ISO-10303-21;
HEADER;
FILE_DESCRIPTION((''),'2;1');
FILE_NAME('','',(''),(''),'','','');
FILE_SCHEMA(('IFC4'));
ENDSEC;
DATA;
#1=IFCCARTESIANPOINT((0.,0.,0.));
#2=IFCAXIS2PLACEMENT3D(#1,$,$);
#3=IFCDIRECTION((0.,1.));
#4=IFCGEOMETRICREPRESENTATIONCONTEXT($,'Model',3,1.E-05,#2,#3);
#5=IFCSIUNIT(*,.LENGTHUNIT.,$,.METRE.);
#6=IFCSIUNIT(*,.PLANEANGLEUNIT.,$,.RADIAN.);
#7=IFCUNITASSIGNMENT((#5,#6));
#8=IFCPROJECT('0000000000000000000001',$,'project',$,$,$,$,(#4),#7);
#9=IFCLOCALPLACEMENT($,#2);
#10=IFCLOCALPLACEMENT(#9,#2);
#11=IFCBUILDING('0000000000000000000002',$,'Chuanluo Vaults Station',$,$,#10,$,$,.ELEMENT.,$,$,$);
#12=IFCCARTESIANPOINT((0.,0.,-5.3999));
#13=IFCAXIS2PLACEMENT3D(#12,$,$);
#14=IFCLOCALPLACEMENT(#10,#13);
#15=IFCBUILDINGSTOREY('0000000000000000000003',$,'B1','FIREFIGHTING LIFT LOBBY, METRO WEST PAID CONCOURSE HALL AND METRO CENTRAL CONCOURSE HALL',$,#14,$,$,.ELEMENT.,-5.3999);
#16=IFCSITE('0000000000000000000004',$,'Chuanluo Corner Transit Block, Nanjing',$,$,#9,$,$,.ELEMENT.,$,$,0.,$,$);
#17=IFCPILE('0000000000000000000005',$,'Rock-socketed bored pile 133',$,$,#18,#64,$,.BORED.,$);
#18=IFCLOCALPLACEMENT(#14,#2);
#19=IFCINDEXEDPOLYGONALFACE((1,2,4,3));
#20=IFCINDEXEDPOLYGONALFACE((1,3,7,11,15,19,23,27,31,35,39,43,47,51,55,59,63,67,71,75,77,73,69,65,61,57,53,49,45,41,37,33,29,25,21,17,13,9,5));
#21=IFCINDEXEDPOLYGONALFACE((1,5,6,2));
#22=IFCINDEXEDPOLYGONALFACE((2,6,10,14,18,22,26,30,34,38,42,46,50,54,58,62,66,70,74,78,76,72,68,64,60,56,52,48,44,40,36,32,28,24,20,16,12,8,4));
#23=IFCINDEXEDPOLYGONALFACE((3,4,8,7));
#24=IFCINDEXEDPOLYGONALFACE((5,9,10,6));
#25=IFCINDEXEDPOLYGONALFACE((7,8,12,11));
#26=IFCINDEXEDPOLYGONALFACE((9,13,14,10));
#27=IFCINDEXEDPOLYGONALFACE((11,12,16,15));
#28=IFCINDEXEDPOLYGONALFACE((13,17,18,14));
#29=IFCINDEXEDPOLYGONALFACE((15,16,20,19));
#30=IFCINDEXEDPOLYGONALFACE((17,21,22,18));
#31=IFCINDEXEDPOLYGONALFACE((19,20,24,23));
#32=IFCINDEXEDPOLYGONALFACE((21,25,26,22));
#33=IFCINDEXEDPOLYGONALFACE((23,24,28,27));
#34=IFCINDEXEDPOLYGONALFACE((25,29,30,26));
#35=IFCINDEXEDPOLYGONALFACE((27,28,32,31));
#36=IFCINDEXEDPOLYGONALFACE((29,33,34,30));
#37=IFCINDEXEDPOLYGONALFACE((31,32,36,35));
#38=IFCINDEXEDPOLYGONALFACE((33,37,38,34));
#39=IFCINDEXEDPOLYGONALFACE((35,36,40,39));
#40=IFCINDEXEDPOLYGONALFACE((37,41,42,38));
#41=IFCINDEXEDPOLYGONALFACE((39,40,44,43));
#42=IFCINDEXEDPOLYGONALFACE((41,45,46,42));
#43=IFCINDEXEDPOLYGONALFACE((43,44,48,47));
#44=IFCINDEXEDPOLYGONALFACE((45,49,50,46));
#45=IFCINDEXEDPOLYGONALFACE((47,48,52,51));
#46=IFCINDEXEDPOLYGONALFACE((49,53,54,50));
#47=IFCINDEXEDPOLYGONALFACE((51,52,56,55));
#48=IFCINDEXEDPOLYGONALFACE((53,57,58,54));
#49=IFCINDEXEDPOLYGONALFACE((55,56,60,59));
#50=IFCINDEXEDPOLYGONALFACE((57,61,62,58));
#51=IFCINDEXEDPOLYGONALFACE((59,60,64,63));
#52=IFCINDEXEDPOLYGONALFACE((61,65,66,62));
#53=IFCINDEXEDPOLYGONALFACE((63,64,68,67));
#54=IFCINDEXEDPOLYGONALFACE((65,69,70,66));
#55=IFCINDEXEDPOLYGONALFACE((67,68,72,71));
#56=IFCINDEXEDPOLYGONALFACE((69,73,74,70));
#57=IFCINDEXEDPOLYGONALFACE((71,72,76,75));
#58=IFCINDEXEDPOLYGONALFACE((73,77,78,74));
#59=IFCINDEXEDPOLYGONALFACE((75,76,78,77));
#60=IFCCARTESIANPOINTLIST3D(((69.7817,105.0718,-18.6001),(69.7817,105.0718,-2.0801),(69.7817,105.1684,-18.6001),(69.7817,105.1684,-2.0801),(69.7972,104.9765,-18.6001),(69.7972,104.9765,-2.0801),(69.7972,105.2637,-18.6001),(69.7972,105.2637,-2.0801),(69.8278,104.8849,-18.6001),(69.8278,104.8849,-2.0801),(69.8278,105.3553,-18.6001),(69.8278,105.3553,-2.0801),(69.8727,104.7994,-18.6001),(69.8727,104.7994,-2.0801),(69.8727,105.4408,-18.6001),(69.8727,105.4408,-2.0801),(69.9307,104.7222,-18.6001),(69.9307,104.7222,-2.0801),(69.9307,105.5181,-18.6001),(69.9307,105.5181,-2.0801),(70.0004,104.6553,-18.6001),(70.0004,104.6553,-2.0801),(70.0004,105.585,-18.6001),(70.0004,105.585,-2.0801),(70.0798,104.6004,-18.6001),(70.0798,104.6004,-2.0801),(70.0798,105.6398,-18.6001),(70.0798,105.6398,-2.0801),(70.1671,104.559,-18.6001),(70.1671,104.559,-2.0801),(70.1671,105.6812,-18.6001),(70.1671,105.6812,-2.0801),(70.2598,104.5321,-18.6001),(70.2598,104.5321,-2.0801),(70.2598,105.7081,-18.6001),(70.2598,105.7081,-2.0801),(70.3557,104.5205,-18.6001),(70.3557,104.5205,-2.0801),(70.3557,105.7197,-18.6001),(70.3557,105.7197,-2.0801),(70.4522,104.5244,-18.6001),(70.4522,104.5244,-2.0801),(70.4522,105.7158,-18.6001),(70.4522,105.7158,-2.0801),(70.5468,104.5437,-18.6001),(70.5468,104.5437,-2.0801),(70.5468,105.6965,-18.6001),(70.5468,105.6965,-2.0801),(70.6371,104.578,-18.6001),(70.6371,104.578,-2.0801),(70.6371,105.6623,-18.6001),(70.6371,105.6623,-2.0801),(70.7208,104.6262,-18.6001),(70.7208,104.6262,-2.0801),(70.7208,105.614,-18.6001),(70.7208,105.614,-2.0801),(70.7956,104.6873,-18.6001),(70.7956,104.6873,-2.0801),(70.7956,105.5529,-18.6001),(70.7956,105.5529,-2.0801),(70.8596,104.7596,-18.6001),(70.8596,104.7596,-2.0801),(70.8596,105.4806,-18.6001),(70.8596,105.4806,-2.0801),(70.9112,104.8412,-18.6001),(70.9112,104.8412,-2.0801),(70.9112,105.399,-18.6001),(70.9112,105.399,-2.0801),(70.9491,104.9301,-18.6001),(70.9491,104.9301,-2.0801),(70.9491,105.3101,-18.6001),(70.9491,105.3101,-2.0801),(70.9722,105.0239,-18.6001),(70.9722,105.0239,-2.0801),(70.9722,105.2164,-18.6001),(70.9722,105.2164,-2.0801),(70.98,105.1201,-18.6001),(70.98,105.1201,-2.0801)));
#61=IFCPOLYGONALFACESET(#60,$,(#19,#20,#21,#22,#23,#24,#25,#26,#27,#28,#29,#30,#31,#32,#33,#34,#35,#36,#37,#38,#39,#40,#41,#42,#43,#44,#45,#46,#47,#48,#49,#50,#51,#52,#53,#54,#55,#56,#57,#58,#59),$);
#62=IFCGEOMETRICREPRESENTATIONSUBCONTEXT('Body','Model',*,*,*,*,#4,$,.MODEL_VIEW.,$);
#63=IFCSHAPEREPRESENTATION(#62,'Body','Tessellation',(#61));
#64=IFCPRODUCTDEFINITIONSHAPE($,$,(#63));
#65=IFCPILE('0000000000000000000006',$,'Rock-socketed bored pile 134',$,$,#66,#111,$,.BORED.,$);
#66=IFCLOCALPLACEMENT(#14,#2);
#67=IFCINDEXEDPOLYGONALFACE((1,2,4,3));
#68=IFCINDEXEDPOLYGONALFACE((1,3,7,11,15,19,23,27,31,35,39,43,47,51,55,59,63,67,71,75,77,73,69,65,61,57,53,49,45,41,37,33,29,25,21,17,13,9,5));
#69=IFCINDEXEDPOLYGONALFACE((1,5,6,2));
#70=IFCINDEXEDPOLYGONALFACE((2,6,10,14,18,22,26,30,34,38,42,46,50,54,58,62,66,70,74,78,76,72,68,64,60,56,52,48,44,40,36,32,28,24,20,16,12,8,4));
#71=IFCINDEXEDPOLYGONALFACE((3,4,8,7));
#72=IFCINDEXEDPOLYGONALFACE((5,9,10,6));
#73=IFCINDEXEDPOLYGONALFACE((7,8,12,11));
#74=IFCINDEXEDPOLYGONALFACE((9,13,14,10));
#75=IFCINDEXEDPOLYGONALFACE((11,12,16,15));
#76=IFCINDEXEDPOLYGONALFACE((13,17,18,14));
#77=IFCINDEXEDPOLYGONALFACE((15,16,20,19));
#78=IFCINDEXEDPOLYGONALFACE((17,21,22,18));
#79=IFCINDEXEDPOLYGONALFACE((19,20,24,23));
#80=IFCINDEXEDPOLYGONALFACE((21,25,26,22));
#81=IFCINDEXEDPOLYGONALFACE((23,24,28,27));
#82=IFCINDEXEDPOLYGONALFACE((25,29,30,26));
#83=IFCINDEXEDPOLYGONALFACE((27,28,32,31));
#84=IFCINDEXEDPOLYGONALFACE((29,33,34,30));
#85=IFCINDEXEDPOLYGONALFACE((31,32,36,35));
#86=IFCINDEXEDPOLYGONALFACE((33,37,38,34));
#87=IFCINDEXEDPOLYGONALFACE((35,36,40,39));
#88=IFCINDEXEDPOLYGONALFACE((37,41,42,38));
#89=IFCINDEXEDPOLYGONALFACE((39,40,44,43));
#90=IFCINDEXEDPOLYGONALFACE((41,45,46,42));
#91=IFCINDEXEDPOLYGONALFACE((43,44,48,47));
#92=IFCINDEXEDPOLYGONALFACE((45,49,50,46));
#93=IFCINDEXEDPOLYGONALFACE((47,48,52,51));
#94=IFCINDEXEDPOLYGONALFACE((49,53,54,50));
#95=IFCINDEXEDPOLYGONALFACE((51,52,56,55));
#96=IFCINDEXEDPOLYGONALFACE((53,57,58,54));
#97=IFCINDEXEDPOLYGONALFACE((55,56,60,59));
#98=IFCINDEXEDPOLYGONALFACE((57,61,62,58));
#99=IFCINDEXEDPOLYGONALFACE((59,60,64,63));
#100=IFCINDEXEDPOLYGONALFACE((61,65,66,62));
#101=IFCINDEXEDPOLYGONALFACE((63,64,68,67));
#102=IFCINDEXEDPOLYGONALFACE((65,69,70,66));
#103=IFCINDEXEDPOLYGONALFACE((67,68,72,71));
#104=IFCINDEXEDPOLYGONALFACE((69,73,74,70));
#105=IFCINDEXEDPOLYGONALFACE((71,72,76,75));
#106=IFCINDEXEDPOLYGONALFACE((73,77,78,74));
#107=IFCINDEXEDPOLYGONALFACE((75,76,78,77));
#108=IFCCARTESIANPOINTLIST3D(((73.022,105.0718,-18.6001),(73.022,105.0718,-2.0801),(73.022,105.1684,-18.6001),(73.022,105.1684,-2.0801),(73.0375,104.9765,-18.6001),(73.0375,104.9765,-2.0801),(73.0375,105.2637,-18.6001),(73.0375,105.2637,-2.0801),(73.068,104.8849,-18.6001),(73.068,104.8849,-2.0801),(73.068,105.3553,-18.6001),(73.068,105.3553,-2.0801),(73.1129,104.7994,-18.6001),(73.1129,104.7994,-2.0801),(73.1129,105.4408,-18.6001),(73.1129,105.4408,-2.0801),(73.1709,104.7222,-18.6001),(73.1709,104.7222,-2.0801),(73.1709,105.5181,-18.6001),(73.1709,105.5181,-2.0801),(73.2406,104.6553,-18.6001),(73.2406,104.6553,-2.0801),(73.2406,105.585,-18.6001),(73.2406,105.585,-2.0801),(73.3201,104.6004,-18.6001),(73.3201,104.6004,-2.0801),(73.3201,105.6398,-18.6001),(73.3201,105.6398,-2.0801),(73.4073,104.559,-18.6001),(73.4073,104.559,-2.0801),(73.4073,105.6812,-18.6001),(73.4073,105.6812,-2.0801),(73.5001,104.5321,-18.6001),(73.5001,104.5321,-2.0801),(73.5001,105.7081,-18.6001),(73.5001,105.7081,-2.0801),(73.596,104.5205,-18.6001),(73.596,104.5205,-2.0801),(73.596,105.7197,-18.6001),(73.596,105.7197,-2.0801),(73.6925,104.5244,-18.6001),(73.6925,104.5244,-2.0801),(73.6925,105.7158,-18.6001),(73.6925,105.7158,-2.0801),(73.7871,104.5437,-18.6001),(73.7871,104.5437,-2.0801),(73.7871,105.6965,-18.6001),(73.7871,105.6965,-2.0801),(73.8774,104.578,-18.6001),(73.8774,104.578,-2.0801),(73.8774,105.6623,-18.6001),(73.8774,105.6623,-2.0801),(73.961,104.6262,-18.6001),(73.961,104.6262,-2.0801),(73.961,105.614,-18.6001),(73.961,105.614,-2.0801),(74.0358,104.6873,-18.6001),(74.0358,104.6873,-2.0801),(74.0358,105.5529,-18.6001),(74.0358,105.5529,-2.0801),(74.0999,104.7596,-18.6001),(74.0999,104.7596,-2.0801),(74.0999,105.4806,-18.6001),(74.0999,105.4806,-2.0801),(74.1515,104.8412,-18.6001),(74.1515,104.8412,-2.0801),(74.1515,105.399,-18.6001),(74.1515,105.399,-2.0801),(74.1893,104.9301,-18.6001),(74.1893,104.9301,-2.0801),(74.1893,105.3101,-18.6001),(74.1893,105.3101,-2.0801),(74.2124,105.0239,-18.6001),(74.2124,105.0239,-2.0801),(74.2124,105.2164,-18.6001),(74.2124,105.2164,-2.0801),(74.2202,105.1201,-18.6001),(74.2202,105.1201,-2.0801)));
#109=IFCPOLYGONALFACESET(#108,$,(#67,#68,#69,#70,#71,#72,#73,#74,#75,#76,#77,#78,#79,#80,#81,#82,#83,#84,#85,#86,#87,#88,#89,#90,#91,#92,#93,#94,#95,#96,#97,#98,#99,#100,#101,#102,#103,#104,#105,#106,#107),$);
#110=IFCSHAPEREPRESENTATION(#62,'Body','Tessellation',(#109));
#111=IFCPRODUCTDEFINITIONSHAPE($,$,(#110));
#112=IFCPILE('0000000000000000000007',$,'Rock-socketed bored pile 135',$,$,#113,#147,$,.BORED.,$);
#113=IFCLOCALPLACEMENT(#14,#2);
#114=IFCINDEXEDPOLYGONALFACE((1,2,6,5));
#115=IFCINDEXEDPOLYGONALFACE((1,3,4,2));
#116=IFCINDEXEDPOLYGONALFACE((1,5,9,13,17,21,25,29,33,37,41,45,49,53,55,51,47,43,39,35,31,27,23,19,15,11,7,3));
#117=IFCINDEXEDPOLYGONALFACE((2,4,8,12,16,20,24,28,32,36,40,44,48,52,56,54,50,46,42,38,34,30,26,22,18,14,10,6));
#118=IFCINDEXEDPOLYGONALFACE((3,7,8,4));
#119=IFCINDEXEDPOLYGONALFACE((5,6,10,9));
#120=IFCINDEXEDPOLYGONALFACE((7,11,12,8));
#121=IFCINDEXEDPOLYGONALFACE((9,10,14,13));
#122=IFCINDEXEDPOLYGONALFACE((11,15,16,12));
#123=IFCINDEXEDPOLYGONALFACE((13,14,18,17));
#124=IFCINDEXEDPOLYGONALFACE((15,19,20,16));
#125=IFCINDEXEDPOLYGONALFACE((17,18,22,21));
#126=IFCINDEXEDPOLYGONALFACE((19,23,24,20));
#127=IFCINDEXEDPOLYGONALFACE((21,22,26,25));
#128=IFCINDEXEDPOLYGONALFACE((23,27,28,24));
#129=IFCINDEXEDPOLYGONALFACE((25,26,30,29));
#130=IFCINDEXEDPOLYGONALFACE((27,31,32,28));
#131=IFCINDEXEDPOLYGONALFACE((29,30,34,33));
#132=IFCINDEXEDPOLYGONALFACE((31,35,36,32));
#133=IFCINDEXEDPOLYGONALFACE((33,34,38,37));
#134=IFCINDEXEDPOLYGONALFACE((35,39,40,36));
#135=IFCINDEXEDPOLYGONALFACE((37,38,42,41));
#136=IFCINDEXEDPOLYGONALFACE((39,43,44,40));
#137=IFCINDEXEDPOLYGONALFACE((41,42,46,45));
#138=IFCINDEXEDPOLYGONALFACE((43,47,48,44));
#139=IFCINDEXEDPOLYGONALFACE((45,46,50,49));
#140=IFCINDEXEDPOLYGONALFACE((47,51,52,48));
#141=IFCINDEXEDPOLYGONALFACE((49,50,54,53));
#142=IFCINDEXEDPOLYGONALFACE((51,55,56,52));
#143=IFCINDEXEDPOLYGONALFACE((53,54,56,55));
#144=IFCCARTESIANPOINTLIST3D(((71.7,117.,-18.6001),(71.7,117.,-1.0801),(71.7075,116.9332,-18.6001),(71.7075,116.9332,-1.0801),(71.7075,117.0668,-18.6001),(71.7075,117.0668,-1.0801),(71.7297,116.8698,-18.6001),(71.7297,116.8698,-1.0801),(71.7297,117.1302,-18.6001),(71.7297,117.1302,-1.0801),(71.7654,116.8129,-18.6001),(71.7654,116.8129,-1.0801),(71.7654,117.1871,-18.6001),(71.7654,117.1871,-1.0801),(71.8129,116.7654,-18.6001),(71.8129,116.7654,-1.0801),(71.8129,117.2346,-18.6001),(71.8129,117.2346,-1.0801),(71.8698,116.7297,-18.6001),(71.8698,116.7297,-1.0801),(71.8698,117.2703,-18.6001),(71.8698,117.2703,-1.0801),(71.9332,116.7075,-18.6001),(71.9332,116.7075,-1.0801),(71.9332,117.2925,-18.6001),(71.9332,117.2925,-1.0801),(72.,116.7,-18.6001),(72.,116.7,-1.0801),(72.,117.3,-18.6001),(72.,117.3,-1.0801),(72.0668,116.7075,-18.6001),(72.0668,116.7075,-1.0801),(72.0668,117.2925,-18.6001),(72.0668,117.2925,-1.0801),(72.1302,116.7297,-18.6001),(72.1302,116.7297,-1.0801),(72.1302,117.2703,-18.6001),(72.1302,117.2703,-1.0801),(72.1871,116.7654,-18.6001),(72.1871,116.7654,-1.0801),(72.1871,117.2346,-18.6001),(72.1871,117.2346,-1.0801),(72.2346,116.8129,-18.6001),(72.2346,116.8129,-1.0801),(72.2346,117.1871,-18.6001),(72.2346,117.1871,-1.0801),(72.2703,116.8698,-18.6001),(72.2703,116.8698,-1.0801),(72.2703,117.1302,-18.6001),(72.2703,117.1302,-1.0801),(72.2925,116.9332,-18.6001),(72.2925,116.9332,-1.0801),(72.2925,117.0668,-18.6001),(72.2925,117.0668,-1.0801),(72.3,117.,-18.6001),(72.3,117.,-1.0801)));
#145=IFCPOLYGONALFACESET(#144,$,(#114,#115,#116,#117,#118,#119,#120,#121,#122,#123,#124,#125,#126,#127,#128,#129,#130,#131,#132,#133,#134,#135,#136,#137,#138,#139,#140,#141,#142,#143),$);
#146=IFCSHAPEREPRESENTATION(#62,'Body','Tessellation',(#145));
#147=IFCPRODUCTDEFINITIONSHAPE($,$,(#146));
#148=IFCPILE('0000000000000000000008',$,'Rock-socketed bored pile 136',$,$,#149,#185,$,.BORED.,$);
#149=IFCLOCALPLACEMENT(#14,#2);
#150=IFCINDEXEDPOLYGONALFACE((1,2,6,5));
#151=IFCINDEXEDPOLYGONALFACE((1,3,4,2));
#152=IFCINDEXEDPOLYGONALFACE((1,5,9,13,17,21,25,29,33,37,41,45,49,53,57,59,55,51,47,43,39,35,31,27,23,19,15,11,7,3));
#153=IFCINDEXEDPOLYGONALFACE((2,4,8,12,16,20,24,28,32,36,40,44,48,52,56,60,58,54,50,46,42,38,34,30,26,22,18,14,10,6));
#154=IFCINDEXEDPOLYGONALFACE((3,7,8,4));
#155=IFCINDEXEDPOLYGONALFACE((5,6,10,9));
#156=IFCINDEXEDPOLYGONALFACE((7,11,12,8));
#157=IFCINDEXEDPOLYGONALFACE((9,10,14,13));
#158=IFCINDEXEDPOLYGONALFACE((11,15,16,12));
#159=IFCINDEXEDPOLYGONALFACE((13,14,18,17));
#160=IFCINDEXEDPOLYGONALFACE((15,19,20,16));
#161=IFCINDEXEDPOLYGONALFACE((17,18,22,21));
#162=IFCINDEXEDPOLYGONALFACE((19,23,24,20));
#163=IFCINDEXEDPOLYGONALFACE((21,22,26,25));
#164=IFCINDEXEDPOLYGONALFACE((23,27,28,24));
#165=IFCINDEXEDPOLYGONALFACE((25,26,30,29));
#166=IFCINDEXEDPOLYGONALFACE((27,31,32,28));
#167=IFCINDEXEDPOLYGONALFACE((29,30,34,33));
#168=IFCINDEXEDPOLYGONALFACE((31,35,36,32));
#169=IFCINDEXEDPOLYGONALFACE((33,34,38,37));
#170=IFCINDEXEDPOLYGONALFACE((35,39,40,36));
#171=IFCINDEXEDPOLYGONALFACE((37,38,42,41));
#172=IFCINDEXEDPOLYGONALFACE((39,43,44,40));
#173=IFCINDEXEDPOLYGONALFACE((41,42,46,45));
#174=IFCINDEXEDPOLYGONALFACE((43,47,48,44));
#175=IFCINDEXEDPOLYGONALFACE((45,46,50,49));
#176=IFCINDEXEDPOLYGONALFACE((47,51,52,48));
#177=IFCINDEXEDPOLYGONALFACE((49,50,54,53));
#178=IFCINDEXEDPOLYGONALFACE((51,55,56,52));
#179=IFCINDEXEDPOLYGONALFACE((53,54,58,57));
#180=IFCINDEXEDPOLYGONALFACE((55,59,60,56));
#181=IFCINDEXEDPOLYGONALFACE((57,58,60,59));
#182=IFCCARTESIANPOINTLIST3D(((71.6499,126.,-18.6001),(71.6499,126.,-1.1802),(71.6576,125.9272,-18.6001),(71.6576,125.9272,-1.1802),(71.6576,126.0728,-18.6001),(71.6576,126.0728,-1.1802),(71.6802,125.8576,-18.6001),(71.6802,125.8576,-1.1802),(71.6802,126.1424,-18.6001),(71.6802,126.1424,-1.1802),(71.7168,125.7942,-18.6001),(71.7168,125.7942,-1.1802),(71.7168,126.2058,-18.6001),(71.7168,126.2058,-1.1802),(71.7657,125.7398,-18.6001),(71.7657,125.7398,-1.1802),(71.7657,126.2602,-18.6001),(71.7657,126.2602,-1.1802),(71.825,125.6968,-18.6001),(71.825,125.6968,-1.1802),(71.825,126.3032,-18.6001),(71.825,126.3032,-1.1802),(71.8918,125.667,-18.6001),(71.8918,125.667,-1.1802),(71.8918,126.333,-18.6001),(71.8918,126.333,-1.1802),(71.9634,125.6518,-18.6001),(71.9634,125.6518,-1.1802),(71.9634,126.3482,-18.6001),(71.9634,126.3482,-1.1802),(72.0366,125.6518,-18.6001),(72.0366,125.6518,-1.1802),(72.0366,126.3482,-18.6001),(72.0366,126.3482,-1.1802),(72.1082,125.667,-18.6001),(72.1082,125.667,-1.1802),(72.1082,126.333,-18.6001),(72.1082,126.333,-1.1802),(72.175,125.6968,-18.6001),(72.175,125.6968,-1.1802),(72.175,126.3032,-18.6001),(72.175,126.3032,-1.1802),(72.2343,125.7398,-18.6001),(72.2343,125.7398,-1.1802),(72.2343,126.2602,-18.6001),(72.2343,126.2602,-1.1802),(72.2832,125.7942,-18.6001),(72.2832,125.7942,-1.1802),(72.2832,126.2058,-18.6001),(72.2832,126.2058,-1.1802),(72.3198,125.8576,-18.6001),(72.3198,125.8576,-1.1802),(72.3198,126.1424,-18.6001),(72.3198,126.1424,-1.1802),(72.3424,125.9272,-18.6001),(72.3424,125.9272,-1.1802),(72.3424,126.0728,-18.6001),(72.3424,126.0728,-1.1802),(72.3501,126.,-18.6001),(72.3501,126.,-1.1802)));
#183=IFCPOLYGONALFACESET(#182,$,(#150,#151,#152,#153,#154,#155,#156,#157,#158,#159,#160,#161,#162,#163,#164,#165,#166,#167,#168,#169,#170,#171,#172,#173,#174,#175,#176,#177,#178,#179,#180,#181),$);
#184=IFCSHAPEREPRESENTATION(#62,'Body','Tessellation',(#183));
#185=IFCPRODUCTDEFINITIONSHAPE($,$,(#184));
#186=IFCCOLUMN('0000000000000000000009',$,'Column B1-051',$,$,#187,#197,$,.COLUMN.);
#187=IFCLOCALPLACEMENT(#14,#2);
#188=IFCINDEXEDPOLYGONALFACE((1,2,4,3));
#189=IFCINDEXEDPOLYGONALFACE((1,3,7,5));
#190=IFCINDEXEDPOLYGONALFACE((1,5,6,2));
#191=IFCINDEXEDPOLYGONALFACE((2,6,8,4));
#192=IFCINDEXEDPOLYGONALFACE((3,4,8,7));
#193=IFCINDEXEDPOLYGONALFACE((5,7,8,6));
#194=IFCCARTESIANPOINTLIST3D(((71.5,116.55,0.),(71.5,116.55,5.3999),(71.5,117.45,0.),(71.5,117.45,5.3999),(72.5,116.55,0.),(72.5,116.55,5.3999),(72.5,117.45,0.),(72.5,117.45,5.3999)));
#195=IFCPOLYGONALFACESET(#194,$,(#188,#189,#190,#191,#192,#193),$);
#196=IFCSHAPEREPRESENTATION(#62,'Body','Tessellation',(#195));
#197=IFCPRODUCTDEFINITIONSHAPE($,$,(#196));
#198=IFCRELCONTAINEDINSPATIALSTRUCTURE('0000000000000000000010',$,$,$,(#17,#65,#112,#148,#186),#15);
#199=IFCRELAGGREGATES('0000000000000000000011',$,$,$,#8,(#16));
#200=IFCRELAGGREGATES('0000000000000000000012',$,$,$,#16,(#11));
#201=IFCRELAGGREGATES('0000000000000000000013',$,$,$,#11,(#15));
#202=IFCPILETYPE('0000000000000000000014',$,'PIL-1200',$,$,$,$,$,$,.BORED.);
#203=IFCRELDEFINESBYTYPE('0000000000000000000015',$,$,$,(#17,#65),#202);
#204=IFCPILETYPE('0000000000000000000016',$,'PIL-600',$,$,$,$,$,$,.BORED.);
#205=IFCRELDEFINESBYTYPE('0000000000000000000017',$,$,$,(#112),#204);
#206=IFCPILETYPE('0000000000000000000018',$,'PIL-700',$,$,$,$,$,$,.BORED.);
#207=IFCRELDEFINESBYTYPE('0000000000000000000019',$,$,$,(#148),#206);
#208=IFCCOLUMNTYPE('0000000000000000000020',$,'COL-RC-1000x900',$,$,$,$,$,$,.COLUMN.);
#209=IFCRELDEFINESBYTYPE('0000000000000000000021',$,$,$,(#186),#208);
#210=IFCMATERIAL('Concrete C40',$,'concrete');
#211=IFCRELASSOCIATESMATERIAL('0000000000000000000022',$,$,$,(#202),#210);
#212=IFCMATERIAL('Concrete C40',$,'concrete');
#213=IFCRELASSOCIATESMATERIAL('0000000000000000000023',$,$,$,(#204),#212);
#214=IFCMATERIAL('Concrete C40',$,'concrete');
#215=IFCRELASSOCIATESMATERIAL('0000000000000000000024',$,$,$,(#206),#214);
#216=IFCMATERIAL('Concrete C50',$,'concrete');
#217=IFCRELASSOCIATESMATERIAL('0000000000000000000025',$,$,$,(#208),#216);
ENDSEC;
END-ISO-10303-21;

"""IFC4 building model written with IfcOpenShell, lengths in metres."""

from ifc_helpers import new_model, si_unit, direction, frame, origin, origin_2d, place, context, subcontext, project, spatial, rectangle, circle, extrude, material, material_profile, profile_set, type_object, element, save


model = new_model("IFC4")

# Units and contexts
model_context = context("Model", 3, precision=1e-05, world=origin(), true_north=direction((0.0, 1.0)))
body_context = subcontext(model_context, "Body", "Model", "MODEL_VIEW")
ifc_project = project(units=[si_unit("LENGTHUNIT", "METRE"), si_unit("PLANEANGLEUNIT", "RADIAN")], contexts=[model_context])

# Site, building, storey
site_placement = place(None, origin())
site = spatial("IfcSite", under=ifc_project, at=site_placement, Name="Chuanluo Corner Transit Block, Nanjing", CompositionType="ELEMENT", RefElevation=0.0)
building_placement = place(site_placement, origin())
building = spatial("IfcBuilding", under=site, at=building_placement, Name="Chuanluo Vaults Station", CompositionType="ELEMENT")
storey_placement = place(building_placement, frame((0.0, 0.0, -5.3999)))
storey = spatial("IfcBuildingStorey", under=building, at=storey_placement, Name="B1", Description="FIREFIGHTING LIFT LOBBY, METRO WEST PAID CONCOURSE HALL AND METRO CENTRAL CONCOURSE HALL", CompositionType="ELEMENT", Elevation=-5.3999)

# Piles
ifc_material_1 = material(Name="Concrete C40", Category="concrete")
ifc_material_profile_1 = material_profile(ifc_material_1, circle(Radius=0.6001, at=origin_2d()))
ifc_profile_set_1 = profile_set([ifc_material_profile_1], Name="Concrete C40")
pile_type_1 = type_object("IfcPileType", Name="PIL-1200", PredefinedType="BORED", material=ifc_profile_set_1)
for number, where, z_axis, x_axis, name in (
    (1, (70.3799, 105.1201, -2.0801), (0.0, 0.0, -1.0), (1.0, 0.0, 0.0), "Rock-socketed bored pile 133"),
    (2, (73.6201, 105.1201, -2.0801), (0.0, 0.0, -1.0), (1.0, 0.0, 0.0), "Rock-socketed bored pile 134"),
):
    element("IfcPile", number, at=place(storey_placement, frame(where, z_axis=z_axis, x_axis=x_axis)), inside=storey, type_object=pile_type_1, Name=name, PredefinedType="BORED", context=body_context, shape_type="SweptSolid", body=[
        extrude(circle(Radius=0.6001, at=origin_2d()), origin(), (0.0, 0.0, 1.0), 16.52),
    ])
ifc_material_2 = material(Name="Concrete C40", Category="concrete")
ifc_material_profile_2 = material_profile(ifc_material_2, circle(Radius=0.3, at=origin_2d()))
ifc_profile_set_2 = profile_set([ifc_material_profile_2], Name="Concrete C40")
pile_type_2 = type_object("IfcPileType", Name="PIL-600", PredefinedType="BORED", material=ifc_profile_set_2)
pile_1_placement = place(storey_placement, frame((72.0, 117.0, -1.0801), z_axis=(0.0, 0.0, -1.0), x_axis=(1.0, 0.0, 0.0)))
element("IfcPile", 3, at=pile_1_placement, inside=storey, type_object=pile_type_2, Name="Rock-socketed bored pile 135", PredefinedType="BORED", context=body_context, shape_type="SweptSolid", body=[
    extrude(circle(Radius=0.3, at=origin_2d()), origin(), (0.0, 0.0, 1.0), 17.52),
])
ifc_material_3 = material(Name="Concrete C40", Category="concrete")
ifc_material_profile_3 = material_profile(ifc_material_3, circle(Radius=0.3501, at=origin_2d()))
ifc_profile_set_3 = profile_set([ifc_material_profile_3], Name="Concrete C40")
pile_type_3 = type_object("IfcPileType", Name="PIL-700", PredefinedType="BORED", material=ifc_profile_set_3)
pile_2_placement = place(storey_placement, frame((72.0, 126.0, -1.1802), z_axis=(0.0, 0.0, -1.0), x_axis=(1.0, 0.0, 0.0)))
element("IfcPile", 4, at=pile_2_placement, inside=storey, type_object=pile_type_3, Name="Rock-socketed bored pile 136", PredefinedType="BORED", context=body_context, shape_type="SweptSolid", body=[
    extrude(circle(Radius=0.3501, at=origin_2d()), origin(), (0.0, 0.0, 1.0), 17.4199),
])

# Column
ifc_material_4 = material(Name="Concrete C50", Category="concrete")
ifc_material_profile_4 = material_profile(ifc_material_4, rectangle(XDim=1.0, YDim=0.8999, at=origin_2d()))
ifc_profile_set_4 = profile_set([ifc_material_profile_4], Name="Concrete C50")
column_type_1 = type_object("IfcColumnType", Name="COL-RC-1000x900", PredefinedType="COLUMN", material=ifc_profile_set_4)
for number, where, z_axis, x_axis, name in (
    (5, (72.0, 117.0, 0.0), (0.0, 0.0, 1.0), (1.0, 0.0, 0.0), "Column B1-051"),
):
    element("IfcColumn", number, at=place(storey_placement, frame(where, z_axis=z_axis, x_axis=x_axis)), inside=storey, type_object=column_type_1, Name=name, PredefinedType="COLUMN", context=body_context, shape_type="SweptSolid", body=[
        extrude(rectangle(XDim=1.0, YDim=0.8999, at=origin_2d()), origin(), (0.0, 0.0, 1.0), 5.3999),
    ])

save(model, "model.ifc")
